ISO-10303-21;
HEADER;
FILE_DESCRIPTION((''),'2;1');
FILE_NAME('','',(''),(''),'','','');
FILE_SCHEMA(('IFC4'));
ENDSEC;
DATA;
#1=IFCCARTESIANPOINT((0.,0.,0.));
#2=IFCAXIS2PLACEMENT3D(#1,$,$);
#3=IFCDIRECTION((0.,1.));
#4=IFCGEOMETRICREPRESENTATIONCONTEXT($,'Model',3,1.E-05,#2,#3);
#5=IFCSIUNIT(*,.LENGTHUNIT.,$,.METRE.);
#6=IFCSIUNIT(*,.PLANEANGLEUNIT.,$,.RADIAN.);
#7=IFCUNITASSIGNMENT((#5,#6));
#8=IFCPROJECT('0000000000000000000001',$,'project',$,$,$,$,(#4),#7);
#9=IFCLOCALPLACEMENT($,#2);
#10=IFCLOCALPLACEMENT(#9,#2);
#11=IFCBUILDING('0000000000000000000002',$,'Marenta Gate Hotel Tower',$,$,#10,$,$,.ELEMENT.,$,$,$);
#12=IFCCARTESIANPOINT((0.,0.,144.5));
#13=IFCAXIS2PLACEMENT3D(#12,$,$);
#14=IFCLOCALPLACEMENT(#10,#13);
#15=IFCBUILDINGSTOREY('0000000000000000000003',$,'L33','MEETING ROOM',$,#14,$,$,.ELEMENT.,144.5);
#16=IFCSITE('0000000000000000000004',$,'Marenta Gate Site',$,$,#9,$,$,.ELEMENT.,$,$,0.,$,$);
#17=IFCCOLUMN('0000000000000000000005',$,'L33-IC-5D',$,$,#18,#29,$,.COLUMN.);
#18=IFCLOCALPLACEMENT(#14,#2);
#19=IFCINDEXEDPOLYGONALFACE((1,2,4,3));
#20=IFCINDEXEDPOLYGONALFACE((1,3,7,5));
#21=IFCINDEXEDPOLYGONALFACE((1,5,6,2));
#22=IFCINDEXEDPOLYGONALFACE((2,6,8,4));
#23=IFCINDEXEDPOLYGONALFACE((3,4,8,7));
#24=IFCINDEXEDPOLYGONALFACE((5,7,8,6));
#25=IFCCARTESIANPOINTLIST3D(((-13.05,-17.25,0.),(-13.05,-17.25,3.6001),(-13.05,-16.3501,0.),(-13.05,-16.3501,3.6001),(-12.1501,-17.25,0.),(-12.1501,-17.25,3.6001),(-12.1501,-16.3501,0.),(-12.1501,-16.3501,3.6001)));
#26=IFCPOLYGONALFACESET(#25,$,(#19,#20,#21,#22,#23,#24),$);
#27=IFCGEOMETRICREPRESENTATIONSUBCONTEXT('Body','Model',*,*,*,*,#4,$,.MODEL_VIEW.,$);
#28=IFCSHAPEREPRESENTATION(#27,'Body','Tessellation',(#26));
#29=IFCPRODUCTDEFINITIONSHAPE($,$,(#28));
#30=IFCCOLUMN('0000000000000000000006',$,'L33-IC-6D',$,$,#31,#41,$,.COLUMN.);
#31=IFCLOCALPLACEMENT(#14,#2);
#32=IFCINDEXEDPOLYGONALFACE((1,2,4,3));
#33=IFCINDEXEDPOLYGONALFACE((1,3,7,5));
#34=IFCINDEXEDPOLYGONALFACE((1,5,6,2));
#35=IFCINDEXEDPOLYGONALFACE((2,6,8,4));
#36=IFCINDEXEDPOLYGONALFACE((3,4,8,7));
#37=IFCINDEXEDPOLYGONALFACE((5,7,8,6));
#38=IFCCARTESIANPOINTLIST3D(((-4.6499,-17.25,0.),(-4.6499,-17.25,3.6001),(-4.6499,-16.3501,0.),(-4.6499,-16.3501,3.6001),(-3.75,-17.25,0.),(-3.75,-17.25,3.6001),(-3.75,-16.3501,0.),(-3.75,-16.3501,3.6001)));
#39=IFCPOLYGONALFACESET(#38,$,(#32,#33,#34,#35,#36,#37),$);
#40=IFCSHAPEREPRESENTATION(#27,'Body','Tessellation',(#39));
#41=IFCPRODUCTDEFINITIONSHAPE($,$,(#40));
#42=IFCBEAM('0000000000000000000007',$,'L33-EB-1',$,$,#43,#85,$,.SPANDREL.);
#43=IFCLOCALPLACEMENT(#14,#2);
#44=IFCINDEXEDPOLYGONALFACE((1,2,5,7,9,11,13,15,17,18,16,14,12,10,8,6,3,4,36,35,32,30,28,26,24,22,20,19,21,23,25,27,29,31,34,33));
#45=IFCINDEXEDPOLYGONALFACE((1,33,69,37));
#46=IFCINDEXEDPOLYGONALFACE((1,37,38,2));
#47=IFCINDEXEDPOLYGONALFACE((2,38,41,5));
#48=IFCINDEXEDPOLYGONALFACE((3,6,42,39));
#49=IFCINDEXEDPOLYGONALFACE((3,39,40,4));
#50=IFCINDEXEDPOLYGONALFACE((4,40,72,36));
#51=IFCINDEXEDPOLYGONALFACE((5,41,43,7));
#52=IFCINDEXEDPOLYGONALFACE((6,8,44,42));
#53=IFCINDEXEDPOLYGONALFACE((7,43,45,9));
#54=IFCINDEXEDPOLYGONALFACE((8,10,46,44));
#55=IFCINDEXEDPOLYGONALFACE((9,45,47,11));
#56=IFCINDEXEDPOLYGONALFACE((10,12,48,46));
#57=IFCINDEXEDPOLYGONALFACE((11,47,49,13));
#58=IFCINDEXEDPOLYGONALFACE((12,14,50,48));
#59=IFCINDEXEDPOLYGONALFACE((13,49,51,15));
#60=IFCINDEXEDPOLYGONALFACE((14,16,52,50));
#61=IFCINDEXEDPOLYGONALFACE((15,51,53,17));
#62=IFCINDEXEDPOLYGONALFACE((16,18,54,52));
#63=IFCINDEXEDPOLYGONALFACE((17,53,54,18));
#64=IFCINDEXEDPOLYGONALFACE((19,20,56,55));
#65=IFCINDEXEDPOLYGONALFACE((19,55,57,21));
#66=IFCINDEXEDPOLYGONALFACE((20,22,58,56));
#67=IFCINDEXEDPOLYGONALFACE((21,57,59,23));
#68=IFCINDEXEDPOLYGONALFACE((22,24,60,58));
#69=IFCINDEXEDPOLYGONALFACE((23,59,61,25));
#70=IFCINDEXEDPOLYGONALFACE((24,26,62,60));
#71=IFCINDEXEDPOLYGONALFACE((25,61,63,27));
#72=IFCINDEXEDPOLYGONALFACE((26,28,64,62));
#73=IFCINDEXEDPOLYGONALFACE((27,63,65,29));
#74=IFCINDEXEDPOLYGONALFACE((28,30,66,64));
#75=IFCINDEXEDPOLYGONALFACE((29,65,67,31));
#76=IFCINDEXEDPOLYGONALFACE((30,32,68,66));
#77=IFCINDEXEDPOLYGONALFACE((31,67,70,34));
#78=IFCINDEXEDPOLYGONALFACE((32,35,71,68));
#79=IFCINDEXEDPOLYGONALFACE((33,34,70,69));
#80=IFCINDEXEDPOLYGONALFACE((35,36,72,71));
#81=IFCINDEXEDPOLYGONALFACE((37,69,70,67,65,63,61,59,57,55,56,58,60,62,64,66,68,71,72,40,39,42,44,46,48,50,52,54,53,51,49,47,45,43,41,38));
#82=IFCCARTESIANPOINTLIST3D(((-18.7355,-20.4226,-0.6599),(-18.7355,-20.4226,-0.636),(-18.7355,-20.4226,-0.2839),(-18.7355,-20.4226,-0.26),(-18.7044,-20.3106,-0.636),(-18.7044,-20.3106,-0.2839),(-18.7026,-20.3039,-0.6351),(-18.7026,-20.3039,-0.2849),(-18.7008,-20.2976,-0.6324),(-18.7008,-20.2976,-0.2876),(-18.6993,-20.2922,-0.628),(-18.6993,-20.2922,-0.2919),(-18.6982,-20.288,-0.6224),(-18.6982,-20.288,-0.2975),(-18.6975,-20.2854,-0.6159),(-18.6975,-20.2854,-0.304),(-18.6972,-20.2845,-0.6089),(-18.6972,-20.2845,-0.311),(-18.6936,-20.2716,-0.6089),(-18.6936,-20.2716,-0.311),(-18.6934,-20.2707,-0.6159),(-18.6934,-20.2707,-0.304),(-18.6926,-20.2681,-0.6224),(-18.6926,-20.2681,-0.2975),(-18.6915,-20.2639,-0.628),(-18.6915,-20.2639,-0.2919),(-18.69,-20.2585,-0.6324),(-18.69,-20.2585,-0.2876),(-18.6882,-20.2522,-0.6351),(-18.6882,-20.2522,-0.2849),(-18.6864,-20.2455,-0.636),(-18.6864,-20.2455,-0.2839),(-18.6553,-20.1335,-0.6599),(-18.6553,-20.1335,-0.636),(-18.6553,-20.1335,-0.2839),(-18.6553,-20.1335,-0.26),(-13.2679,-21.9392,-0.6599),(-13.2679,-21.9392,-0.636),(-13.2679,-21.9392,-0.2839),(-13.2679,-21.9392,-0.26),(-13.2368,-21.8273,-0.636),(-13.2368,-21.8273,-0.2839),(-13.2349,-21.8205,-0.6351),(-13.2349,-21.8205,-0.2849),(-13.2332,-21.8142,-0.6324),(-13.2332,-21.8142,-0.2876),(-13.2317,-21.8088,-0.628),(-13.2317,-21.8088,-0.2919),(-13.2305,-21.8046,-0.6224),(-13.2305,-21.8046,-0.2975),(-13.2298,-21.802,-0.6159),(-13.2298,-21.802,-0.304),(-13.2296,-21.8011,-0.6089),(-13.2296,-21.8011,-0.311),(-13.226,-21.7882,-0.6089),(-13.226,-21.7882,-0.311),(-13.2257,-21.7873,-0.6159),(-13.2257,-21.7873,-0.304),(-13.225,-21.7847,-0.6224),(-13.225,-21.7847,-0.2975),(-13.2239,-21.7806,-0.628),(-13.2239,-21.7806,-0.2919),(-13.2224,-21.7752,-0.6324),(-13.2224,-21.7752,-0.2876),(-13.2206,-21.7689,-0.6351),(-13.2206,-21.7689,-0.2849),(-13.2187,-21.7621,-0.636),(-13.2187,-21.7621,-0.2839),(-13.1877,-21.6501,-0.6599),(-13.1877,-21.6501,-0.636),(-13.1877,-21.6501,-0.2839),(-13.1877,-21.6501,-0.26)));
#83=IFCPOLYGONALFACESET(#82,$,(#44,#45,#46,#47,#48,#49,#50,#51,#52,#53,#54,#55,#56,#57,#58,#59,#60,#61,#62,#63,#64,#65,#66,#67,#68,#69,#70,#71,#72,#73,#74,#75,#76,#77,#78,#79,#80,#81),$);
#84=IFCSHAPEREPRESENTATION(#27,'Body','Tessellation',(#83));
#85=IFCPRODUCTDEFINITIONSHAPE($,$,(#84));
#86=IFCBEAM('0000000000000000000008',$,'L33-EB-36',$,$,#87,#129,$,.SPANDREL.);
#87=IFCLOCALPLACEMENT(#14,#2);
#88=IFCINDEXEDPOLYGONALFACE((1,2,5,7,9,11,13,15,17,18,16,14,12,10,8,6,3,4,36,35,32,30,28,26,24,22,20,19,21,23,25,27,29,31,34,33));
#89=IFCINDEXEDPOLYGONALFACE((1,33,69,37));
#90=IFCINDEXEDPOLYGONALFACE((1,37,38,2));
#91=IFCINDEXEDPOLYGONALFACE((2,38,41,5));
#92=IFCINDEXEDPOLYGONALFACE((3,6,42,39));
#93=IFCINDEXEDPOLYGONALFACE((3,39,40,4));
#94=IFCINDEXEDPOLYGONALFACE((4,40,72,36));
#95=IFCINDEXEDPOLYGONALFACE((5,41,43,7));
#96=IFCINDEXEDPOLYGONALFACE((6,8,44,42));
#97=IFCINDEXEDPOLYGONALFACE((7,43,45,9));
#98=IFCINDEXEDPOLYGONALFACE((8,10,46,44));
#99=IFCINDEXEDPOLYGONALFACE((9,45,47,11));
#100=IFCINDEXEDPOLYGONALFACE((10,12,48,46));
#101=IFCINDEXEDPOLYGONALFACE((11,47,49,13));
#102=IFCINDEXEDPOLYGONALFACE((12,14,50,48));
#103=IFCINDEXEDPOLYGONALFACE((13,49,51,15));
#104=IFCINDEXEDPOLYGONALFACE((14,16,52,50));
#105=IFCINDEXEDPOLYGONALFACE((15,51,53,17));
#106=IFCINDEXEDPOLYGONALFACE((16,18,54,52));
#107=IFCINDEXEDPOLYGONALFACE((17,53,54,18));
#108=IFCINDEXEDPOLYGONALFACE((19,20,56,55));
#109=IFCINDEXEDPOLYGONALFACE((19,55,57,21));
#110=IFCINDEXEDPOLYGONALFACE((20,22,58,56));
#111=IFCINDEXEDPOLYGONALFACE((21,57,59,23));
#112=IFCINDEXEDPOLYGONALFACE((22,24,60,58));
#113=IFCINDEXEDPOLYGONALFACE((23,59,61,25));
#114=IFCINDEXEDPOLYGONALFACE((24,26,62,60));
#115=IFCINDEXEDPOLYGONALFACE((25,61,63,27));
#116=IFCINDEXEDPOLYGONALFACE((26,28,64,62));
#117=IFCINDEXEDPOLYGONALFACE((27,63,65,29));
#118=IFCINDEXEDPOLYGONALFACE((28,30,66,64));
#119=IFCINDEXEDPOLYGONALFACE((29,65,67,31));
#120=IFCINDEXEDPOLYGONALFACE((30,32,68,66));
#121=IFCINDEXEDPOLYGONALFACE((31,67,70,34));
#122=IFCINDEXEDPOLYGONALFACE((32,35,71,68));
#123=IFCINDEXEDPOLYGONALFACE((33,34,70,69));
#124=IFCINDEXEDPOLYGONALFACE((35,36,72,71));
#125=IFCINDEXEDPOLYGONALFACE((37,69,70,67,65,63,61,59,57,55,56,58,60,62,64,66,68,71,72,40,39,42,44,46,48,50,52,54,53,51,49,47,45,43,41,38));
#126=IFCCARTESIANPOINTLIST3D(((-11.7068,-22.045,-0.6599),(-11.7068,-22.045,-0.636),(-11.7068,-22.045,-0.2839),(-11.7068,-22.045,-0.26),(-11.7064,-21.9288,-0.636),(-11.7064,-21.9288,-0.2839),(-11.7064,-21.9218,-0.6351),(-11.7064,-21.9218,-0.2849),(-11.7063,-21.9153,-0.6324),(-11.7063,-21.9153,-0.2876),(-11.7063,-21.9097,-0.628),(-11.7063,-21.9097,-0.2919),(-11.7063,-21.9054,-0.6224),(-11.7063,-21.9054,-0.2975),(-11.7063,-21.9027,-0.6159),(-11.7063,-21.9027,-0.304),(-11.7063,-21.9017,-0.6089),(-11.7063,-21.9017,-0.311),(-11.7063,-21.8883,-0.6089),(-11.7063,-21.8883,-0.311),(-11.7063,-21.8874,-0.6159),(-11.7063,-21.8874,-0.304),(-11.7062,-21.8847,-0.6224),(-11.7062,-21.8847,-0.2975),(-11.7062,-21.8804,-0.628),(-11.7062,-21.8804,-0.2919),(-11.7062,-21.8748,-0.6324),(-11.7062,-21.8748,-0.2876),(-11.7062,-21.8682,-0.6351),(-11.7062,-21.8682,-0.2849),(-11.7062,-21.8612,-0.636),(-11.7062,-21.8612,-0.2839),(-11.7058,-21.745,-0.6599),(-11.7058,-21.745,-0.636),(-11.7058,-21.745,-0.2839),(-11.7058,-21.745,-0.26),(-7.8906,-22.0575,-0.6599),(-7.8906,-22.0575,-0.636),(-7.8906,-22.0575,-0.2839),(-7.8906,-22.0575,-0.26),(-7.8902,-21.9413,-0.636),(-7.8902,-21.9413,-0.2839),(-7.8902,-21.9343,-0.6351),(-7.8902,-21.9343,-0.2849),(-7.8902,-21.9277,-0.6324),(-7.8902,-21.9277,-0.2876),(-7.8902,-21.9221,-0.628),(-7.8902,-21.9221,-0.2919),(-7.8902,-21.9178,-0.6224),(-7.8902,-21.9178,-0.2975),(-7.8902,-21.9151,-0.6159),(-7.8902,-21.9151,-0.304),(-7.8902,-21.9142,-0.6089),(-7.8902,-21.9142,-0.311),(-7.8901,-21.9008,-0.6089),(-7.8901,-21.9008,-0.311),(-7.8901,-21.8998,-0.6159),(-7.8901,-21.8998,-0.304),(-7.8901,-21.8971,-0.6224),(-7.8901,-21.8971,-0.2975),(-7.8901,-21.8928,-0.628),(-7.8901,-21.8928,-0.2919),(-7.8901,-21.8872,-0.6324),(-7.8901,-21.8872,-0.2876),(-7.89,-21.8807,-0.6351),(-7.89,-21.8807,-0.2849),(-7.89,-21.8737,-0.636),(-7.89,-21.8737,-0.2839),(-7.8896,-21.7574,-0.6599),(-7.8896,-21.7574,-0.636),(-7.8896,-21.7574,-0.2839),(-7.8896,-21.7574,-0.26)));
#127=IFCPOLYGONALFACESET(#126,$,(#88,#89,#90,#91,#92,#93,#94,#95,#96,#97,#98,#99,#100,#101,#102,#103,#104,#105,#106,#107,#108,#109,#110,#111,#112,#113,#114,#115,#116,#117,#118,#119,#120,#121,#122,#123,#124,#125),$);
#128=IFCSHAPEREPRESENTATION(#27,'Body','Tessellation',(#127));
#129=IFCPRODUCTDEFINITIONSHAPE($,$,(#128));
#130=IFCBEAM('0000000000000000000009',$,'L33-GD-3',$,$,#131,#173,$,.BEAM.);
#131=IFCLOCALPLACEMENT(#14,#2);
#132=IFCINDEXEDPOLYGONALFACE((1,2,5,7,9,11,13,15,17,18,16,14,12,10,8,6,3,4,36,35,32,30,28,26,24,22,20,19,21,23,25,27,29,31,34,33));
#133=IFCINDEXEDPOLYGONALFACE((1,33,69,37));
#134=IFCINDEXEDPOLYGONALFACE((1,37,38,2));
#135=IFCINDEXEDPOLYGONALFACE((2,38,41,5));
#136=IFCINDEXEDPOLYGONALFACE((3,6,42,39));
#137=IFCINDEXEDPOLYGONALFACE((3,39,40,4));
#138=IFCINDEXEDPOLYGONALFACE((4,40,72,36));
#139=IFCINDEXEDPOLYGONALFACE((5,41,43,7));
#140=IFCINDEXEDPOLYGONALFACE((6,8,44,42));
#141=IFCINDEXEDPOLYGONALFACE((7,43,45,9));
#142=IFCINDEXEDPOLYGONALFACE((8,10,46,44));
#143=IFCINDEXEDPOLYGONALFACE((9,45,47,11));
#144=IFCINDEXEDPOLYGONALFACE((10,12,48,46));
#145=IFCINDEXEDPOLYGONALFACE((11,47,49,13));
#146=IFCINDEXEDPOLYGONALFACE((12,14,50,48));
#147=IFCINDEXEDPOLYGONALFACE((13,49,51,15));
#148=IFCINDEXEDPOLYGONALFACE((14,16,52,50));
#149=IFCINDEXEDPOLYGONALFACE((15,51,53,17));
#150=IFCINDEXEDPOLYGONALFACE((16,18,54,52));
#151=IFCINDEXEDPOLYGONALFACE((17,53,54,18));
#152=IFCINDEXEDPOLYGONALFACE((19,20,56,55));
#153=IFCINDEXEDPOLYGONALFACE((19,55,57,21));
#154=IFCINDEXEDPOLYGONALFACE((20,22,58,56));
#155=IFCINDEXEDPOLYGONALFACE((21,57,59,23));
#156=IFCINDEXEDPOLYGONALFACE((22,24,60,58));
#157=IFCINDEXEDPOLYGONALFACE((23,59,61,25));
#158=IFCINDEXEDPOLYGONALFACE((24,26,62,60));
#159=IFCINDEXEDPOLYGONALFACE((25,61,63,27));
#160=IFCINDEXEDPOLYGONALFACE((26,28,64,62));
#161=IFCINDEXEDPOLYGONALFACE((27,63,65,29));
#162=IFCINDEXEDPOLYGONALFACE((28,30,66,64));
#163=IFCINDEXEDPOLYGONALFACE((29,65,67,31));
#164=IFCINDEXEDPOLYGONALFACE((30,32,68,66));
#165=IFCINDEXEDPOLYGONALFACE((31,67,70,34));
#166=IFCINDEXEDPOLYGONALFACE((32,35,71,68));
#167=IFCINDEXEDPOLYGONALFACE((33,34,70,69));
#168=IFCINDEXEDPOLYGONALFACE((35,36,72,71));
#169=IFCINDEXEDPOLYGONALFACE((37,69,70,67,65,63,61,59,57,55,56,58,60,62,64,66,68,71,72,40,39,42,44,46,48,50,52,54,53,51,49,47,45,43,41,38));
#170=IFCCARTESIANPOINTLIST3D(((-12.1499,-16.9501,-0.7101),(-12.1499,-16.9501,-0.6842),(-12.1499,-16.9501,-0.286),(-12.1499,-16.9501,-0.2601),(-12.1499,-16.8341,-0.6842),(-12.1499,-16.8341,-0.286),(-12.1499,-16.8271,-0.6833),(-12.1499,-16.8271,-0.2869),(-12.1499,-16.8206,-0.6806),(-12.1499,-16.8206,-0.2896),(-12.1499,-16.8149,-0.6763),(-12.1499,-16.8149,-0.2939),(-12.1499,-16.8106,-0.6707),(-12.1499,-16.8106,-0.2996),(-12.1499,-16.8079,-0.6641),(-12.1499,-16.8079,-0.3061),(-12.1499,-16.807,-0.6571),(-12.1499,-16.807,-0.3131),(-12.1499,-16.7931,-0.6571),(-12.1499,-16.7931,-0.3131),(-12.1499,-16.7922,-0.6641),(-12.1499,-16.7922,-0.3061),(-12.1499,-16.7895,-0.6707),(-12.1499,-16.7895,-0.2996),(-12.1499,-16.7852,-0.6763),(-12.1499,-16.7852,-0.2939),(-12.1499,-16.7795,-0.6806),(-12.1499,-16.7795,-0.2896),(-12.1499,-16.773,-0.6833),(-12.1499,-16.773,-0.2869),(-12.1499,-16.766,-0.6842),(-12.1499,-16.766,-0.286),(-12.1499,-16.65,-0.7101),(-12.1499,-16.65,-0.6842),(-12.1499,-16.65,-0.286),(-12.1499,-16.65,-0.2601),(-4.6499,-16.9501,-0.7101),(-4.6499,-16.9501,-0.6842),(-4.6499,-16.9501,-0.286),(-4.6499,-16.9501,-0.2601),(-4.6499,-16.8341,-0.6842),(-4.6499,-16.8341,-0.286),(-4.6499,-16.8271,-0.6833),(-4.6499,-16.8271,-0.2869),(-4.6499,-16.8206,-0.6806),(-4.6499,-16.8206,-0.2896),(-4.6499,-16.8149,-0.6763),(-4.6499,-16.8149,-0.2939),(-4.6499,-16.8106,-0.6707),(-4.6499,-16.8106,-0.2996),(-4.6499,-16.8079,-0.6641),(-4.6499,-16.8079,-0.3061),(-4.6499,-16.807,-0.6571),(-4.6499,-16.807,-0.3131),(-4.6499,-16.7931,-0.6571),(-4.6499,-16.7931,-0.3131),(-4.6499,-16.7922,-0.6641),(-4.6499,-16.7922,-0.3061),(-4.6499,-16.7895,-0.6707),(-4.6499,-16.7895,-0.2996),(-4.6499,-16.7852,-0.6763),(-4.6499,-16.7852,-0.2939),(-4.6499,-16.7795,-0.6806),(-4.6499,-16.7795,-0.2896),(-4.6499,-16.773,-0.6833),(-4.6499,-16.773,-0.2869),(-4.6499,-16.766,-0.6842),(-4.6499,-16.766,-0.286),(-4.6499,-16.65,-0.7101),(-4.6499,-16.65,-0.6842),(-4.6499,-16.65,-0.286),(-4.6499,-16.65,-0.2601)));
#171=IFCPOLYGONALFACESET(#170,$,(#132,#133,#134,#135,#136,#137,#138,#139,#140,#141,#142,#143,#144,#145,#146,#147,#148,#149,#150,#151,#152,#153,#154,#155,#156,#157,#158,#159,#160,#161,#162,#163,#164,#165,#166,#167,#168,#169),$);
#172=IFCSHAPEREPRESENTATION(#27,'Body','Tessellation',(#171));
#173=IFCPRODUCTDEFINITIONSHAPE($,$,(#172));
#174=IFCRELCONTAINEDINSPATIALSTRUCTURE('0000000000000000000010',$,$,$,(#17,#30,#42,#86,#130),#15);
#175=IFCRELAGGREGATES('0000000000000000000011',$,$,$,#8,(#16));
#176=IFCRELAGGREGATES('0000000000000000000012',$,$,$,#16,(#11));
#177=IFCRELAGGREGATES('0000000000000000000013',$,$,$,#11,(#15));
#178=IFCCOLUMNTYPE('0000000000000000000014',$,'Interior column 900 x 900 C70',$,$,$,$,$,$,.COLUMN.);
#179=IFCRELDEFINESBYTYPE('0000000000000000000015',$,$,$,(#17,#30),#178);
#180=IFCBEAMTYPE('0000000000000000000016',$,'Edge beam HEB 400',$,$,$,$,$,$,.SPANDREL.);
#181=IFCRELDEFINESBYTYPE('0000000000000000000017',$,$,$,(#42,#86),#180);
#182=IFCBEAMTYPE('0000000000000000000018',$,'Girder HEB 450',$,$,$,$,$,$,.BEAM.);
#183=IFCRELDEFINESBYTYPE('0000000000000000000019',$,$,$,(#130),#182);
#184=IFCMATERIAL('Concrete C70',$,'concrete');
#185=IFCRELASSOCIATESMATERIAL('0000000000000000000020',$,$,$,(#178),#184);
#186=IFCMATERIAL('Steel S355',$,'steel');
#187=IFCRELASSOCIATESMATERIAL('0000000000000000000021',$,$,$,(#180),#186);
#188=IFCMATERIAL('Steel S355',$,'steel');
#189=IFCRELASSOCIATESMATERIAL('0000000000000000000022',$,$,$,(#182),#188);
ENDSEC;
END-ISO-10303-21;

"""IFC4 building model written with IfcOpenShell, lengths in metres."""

from ifc_helpers import new_model, si_unit, direction, frame, origin, origin_2d, place, context, subcontext, project, spatial, rectangle, i_section, extrude, material, material_profile, profile_set, type_object, element, save


model = new_model("IFC4")

# Units and contexts
model_context = context("Model", 3, precision=1e-05, world=origin(), true_north=direction((0.0, 1.0)))
body_context = subcontext(model_context, "Body", "Model", "MODEL_VIEW")
ifc_project = project(units=[si_unit("LENGTHUNIT", "METRE"), si_unit("PLANEANGLEUNIT", "RADIAN")], contexts=[model_context])

# Site, building, storey
site_placement = place(None, origin())
site = spatial("IfcSite", under=ifc_project, at=site_placement, Name="Marenta Gate Site", CompositionType="ELEMENT", RefElevation=0.0)
building_placement = place(site_placement, origin())
building = spatial("IfcBuilding", under=site, at=building_placement, Name="Marenta Gate Hotel Tower", CompositionType="ELEMENT")
storey_placement = place(building_placement, frame((0.0, 0.0, 144.5)))
storey = spatial("IfcBuildingStorey", under=building, at=storey_placement, Name="L33", Description="MEETING ROOM", CompositionType="ELEMENT", Elevation=144.5)

# Columns
ifc_material_1 = material(Name="Concrete C70", Category="concrete")
ifc_material_profile_1 = material_profile(ifc_material_1, rectangle(XDim=0.8999, YDim=0.8999, at=origin_2d()), Name="900 x 900")
ifc_profile_set_1 = profile_set([ifc_material_profile_1], Name="Concrete C70")
column_type = type_object("IfcColumnType", Name="Interior column 900 x 900 C70", PredefinedType="COLUMN", material=ifc_profile_set_1)
for number, where, z_axis, x_axis, name in (
    (1, (-12.6001, -16.8, 0.0), (0.0, 0.0, 1.0), (1.0, 0.0, 0.0), "L33-IC-5D"),
    (2, (-4.2, -16.8, 0.0), (0.0, 0.0, 1.0), (1.0, 0.0, 0.0), "L33-IC-6D"),
):
    element("IfcColumn", number, at=place(storey_placement, frame(where, z_axis=z_axis, x_axis=x_axis)), inside=storey, type_object=column_type, Name=name, PredefinedType="COLUMN", context=body_context, shape_type="SweptSolid", body=[
        extrude(rectangle(XDim=0.8999, YDim=0.8999, at=origin_2d()), origin(), (0.0, 0.0, 1.0), 3.6001),
    ])

# Beams
ifc_material_2 = material(Name="Steel S355", Category="steel")
ifc_material_profile_2 = material_profile(ifc_material_2, i_section(OverallWidth=0.3, OverallDepth=0.3999, WebThickness=0.0134, FlangeThickness=0.0239, FilletRadius=0.0271, at=origin_2d()), Name="HEB 400")
ifc_profile_set_2 = profile_set([ifc_material_profile_2], Name="Steel S355")
beam_type_1 = type_object("IfcBeamType", Name="Edge beam HEB 400", PredefinedType="SPANDREL", material=ifc_profile_set_2)
beam_1_placement = place(storey_placement, frame((-13.2278, -21.7947, -0.46), z_axis=(-0.963616, 0.267291, 0.0), x_axis=(-0.267291, -0.963616, 0.0)))
element("IfcBeam", 3, at=beam_1_placement, inside=storey, type_object=beam_type_1, Name="L33-EB-1", PredefinedType="SPANDREL", context=body_context, shape_type="SweptSolid", body=[
    extrude(i_section(OverallWidth=0.3, OverallDepth=0.3999, WebThickness=0.0134, FlangeThickness=0.0239, FilletRadius=0.0271, at=origin_2d()), origin(), (0.0, 0.0, 1.0), 5.6741),
])
beam_2_placement = place(storey_placement, frame((-7.8901, -21.9075, -0.46), z_axis=(-0.999995, 0.003263, 0.0), x_axis=(-0.003263, -0.999995, 0.0)))
element("IfcBeam", 4, at=beam_2_placement, inside=storey, type_object=beam_type_1, Name="L33-EB-36", PredefinedType="SPANDREL", context=body_context, shape_type="SweptSolid", body=[
    extrude(i_section(OverallWidth=0.3, OverallDepth=0.3999, WebThickness=0.0134, FlangeThickness=0.0239, FilletRadius=0.0271, at=origin_2d()), origin(), (0.0, 0.0, 1.0), 3.8162),
])
ifc_material_3 = material(Name="Steel S355", Category="steel")
ifc_material_profile_3 = material_profile(ifc_material_3, i_section(OverallWidth=0.3, OverallDepth=0.45, WebThickness=0.0139, FlangeThickness=0.0259, FilletRadius=0.0271, at=origin_2d()), Name="HEB 450")
ifc_profile_set_3 = profile_set([ifc_material_profile_3], Name="Steel S355")
beam_type_2 = type_object("IfcBeamType", Name="Girder HEB 450", PredefinedType="BEAM", material=ifc_profile_set_3)
for number, where, z_axis, x_axis, name in (
    (5, (-12.1499, -16.8, -0.4851), (1.0, 0.0, 0.0), (0.0, 1.0, 0.0), "L33-GD-3"),
):
    element("IfcBeam", number, at=place(storey_placement, frame(where, z_axis=z_axis, x_axis=x_axis)), inside=storey, type_object=beam_type_2, Name=name, PredefinedType="BEAM", context=body_context, shape_type="SweptSolid", body=[
        extrude(i_section(OverallWidth=0.3, OverallDepth=0.45, WebThickness=0.0139, FlangeThickness=0.0259, FilletRadius=0.0271, at=origin_2d()), origin(), (0.0, 0.0, 1.0), 7.5),
    ])

save(model, "model.ifc")
